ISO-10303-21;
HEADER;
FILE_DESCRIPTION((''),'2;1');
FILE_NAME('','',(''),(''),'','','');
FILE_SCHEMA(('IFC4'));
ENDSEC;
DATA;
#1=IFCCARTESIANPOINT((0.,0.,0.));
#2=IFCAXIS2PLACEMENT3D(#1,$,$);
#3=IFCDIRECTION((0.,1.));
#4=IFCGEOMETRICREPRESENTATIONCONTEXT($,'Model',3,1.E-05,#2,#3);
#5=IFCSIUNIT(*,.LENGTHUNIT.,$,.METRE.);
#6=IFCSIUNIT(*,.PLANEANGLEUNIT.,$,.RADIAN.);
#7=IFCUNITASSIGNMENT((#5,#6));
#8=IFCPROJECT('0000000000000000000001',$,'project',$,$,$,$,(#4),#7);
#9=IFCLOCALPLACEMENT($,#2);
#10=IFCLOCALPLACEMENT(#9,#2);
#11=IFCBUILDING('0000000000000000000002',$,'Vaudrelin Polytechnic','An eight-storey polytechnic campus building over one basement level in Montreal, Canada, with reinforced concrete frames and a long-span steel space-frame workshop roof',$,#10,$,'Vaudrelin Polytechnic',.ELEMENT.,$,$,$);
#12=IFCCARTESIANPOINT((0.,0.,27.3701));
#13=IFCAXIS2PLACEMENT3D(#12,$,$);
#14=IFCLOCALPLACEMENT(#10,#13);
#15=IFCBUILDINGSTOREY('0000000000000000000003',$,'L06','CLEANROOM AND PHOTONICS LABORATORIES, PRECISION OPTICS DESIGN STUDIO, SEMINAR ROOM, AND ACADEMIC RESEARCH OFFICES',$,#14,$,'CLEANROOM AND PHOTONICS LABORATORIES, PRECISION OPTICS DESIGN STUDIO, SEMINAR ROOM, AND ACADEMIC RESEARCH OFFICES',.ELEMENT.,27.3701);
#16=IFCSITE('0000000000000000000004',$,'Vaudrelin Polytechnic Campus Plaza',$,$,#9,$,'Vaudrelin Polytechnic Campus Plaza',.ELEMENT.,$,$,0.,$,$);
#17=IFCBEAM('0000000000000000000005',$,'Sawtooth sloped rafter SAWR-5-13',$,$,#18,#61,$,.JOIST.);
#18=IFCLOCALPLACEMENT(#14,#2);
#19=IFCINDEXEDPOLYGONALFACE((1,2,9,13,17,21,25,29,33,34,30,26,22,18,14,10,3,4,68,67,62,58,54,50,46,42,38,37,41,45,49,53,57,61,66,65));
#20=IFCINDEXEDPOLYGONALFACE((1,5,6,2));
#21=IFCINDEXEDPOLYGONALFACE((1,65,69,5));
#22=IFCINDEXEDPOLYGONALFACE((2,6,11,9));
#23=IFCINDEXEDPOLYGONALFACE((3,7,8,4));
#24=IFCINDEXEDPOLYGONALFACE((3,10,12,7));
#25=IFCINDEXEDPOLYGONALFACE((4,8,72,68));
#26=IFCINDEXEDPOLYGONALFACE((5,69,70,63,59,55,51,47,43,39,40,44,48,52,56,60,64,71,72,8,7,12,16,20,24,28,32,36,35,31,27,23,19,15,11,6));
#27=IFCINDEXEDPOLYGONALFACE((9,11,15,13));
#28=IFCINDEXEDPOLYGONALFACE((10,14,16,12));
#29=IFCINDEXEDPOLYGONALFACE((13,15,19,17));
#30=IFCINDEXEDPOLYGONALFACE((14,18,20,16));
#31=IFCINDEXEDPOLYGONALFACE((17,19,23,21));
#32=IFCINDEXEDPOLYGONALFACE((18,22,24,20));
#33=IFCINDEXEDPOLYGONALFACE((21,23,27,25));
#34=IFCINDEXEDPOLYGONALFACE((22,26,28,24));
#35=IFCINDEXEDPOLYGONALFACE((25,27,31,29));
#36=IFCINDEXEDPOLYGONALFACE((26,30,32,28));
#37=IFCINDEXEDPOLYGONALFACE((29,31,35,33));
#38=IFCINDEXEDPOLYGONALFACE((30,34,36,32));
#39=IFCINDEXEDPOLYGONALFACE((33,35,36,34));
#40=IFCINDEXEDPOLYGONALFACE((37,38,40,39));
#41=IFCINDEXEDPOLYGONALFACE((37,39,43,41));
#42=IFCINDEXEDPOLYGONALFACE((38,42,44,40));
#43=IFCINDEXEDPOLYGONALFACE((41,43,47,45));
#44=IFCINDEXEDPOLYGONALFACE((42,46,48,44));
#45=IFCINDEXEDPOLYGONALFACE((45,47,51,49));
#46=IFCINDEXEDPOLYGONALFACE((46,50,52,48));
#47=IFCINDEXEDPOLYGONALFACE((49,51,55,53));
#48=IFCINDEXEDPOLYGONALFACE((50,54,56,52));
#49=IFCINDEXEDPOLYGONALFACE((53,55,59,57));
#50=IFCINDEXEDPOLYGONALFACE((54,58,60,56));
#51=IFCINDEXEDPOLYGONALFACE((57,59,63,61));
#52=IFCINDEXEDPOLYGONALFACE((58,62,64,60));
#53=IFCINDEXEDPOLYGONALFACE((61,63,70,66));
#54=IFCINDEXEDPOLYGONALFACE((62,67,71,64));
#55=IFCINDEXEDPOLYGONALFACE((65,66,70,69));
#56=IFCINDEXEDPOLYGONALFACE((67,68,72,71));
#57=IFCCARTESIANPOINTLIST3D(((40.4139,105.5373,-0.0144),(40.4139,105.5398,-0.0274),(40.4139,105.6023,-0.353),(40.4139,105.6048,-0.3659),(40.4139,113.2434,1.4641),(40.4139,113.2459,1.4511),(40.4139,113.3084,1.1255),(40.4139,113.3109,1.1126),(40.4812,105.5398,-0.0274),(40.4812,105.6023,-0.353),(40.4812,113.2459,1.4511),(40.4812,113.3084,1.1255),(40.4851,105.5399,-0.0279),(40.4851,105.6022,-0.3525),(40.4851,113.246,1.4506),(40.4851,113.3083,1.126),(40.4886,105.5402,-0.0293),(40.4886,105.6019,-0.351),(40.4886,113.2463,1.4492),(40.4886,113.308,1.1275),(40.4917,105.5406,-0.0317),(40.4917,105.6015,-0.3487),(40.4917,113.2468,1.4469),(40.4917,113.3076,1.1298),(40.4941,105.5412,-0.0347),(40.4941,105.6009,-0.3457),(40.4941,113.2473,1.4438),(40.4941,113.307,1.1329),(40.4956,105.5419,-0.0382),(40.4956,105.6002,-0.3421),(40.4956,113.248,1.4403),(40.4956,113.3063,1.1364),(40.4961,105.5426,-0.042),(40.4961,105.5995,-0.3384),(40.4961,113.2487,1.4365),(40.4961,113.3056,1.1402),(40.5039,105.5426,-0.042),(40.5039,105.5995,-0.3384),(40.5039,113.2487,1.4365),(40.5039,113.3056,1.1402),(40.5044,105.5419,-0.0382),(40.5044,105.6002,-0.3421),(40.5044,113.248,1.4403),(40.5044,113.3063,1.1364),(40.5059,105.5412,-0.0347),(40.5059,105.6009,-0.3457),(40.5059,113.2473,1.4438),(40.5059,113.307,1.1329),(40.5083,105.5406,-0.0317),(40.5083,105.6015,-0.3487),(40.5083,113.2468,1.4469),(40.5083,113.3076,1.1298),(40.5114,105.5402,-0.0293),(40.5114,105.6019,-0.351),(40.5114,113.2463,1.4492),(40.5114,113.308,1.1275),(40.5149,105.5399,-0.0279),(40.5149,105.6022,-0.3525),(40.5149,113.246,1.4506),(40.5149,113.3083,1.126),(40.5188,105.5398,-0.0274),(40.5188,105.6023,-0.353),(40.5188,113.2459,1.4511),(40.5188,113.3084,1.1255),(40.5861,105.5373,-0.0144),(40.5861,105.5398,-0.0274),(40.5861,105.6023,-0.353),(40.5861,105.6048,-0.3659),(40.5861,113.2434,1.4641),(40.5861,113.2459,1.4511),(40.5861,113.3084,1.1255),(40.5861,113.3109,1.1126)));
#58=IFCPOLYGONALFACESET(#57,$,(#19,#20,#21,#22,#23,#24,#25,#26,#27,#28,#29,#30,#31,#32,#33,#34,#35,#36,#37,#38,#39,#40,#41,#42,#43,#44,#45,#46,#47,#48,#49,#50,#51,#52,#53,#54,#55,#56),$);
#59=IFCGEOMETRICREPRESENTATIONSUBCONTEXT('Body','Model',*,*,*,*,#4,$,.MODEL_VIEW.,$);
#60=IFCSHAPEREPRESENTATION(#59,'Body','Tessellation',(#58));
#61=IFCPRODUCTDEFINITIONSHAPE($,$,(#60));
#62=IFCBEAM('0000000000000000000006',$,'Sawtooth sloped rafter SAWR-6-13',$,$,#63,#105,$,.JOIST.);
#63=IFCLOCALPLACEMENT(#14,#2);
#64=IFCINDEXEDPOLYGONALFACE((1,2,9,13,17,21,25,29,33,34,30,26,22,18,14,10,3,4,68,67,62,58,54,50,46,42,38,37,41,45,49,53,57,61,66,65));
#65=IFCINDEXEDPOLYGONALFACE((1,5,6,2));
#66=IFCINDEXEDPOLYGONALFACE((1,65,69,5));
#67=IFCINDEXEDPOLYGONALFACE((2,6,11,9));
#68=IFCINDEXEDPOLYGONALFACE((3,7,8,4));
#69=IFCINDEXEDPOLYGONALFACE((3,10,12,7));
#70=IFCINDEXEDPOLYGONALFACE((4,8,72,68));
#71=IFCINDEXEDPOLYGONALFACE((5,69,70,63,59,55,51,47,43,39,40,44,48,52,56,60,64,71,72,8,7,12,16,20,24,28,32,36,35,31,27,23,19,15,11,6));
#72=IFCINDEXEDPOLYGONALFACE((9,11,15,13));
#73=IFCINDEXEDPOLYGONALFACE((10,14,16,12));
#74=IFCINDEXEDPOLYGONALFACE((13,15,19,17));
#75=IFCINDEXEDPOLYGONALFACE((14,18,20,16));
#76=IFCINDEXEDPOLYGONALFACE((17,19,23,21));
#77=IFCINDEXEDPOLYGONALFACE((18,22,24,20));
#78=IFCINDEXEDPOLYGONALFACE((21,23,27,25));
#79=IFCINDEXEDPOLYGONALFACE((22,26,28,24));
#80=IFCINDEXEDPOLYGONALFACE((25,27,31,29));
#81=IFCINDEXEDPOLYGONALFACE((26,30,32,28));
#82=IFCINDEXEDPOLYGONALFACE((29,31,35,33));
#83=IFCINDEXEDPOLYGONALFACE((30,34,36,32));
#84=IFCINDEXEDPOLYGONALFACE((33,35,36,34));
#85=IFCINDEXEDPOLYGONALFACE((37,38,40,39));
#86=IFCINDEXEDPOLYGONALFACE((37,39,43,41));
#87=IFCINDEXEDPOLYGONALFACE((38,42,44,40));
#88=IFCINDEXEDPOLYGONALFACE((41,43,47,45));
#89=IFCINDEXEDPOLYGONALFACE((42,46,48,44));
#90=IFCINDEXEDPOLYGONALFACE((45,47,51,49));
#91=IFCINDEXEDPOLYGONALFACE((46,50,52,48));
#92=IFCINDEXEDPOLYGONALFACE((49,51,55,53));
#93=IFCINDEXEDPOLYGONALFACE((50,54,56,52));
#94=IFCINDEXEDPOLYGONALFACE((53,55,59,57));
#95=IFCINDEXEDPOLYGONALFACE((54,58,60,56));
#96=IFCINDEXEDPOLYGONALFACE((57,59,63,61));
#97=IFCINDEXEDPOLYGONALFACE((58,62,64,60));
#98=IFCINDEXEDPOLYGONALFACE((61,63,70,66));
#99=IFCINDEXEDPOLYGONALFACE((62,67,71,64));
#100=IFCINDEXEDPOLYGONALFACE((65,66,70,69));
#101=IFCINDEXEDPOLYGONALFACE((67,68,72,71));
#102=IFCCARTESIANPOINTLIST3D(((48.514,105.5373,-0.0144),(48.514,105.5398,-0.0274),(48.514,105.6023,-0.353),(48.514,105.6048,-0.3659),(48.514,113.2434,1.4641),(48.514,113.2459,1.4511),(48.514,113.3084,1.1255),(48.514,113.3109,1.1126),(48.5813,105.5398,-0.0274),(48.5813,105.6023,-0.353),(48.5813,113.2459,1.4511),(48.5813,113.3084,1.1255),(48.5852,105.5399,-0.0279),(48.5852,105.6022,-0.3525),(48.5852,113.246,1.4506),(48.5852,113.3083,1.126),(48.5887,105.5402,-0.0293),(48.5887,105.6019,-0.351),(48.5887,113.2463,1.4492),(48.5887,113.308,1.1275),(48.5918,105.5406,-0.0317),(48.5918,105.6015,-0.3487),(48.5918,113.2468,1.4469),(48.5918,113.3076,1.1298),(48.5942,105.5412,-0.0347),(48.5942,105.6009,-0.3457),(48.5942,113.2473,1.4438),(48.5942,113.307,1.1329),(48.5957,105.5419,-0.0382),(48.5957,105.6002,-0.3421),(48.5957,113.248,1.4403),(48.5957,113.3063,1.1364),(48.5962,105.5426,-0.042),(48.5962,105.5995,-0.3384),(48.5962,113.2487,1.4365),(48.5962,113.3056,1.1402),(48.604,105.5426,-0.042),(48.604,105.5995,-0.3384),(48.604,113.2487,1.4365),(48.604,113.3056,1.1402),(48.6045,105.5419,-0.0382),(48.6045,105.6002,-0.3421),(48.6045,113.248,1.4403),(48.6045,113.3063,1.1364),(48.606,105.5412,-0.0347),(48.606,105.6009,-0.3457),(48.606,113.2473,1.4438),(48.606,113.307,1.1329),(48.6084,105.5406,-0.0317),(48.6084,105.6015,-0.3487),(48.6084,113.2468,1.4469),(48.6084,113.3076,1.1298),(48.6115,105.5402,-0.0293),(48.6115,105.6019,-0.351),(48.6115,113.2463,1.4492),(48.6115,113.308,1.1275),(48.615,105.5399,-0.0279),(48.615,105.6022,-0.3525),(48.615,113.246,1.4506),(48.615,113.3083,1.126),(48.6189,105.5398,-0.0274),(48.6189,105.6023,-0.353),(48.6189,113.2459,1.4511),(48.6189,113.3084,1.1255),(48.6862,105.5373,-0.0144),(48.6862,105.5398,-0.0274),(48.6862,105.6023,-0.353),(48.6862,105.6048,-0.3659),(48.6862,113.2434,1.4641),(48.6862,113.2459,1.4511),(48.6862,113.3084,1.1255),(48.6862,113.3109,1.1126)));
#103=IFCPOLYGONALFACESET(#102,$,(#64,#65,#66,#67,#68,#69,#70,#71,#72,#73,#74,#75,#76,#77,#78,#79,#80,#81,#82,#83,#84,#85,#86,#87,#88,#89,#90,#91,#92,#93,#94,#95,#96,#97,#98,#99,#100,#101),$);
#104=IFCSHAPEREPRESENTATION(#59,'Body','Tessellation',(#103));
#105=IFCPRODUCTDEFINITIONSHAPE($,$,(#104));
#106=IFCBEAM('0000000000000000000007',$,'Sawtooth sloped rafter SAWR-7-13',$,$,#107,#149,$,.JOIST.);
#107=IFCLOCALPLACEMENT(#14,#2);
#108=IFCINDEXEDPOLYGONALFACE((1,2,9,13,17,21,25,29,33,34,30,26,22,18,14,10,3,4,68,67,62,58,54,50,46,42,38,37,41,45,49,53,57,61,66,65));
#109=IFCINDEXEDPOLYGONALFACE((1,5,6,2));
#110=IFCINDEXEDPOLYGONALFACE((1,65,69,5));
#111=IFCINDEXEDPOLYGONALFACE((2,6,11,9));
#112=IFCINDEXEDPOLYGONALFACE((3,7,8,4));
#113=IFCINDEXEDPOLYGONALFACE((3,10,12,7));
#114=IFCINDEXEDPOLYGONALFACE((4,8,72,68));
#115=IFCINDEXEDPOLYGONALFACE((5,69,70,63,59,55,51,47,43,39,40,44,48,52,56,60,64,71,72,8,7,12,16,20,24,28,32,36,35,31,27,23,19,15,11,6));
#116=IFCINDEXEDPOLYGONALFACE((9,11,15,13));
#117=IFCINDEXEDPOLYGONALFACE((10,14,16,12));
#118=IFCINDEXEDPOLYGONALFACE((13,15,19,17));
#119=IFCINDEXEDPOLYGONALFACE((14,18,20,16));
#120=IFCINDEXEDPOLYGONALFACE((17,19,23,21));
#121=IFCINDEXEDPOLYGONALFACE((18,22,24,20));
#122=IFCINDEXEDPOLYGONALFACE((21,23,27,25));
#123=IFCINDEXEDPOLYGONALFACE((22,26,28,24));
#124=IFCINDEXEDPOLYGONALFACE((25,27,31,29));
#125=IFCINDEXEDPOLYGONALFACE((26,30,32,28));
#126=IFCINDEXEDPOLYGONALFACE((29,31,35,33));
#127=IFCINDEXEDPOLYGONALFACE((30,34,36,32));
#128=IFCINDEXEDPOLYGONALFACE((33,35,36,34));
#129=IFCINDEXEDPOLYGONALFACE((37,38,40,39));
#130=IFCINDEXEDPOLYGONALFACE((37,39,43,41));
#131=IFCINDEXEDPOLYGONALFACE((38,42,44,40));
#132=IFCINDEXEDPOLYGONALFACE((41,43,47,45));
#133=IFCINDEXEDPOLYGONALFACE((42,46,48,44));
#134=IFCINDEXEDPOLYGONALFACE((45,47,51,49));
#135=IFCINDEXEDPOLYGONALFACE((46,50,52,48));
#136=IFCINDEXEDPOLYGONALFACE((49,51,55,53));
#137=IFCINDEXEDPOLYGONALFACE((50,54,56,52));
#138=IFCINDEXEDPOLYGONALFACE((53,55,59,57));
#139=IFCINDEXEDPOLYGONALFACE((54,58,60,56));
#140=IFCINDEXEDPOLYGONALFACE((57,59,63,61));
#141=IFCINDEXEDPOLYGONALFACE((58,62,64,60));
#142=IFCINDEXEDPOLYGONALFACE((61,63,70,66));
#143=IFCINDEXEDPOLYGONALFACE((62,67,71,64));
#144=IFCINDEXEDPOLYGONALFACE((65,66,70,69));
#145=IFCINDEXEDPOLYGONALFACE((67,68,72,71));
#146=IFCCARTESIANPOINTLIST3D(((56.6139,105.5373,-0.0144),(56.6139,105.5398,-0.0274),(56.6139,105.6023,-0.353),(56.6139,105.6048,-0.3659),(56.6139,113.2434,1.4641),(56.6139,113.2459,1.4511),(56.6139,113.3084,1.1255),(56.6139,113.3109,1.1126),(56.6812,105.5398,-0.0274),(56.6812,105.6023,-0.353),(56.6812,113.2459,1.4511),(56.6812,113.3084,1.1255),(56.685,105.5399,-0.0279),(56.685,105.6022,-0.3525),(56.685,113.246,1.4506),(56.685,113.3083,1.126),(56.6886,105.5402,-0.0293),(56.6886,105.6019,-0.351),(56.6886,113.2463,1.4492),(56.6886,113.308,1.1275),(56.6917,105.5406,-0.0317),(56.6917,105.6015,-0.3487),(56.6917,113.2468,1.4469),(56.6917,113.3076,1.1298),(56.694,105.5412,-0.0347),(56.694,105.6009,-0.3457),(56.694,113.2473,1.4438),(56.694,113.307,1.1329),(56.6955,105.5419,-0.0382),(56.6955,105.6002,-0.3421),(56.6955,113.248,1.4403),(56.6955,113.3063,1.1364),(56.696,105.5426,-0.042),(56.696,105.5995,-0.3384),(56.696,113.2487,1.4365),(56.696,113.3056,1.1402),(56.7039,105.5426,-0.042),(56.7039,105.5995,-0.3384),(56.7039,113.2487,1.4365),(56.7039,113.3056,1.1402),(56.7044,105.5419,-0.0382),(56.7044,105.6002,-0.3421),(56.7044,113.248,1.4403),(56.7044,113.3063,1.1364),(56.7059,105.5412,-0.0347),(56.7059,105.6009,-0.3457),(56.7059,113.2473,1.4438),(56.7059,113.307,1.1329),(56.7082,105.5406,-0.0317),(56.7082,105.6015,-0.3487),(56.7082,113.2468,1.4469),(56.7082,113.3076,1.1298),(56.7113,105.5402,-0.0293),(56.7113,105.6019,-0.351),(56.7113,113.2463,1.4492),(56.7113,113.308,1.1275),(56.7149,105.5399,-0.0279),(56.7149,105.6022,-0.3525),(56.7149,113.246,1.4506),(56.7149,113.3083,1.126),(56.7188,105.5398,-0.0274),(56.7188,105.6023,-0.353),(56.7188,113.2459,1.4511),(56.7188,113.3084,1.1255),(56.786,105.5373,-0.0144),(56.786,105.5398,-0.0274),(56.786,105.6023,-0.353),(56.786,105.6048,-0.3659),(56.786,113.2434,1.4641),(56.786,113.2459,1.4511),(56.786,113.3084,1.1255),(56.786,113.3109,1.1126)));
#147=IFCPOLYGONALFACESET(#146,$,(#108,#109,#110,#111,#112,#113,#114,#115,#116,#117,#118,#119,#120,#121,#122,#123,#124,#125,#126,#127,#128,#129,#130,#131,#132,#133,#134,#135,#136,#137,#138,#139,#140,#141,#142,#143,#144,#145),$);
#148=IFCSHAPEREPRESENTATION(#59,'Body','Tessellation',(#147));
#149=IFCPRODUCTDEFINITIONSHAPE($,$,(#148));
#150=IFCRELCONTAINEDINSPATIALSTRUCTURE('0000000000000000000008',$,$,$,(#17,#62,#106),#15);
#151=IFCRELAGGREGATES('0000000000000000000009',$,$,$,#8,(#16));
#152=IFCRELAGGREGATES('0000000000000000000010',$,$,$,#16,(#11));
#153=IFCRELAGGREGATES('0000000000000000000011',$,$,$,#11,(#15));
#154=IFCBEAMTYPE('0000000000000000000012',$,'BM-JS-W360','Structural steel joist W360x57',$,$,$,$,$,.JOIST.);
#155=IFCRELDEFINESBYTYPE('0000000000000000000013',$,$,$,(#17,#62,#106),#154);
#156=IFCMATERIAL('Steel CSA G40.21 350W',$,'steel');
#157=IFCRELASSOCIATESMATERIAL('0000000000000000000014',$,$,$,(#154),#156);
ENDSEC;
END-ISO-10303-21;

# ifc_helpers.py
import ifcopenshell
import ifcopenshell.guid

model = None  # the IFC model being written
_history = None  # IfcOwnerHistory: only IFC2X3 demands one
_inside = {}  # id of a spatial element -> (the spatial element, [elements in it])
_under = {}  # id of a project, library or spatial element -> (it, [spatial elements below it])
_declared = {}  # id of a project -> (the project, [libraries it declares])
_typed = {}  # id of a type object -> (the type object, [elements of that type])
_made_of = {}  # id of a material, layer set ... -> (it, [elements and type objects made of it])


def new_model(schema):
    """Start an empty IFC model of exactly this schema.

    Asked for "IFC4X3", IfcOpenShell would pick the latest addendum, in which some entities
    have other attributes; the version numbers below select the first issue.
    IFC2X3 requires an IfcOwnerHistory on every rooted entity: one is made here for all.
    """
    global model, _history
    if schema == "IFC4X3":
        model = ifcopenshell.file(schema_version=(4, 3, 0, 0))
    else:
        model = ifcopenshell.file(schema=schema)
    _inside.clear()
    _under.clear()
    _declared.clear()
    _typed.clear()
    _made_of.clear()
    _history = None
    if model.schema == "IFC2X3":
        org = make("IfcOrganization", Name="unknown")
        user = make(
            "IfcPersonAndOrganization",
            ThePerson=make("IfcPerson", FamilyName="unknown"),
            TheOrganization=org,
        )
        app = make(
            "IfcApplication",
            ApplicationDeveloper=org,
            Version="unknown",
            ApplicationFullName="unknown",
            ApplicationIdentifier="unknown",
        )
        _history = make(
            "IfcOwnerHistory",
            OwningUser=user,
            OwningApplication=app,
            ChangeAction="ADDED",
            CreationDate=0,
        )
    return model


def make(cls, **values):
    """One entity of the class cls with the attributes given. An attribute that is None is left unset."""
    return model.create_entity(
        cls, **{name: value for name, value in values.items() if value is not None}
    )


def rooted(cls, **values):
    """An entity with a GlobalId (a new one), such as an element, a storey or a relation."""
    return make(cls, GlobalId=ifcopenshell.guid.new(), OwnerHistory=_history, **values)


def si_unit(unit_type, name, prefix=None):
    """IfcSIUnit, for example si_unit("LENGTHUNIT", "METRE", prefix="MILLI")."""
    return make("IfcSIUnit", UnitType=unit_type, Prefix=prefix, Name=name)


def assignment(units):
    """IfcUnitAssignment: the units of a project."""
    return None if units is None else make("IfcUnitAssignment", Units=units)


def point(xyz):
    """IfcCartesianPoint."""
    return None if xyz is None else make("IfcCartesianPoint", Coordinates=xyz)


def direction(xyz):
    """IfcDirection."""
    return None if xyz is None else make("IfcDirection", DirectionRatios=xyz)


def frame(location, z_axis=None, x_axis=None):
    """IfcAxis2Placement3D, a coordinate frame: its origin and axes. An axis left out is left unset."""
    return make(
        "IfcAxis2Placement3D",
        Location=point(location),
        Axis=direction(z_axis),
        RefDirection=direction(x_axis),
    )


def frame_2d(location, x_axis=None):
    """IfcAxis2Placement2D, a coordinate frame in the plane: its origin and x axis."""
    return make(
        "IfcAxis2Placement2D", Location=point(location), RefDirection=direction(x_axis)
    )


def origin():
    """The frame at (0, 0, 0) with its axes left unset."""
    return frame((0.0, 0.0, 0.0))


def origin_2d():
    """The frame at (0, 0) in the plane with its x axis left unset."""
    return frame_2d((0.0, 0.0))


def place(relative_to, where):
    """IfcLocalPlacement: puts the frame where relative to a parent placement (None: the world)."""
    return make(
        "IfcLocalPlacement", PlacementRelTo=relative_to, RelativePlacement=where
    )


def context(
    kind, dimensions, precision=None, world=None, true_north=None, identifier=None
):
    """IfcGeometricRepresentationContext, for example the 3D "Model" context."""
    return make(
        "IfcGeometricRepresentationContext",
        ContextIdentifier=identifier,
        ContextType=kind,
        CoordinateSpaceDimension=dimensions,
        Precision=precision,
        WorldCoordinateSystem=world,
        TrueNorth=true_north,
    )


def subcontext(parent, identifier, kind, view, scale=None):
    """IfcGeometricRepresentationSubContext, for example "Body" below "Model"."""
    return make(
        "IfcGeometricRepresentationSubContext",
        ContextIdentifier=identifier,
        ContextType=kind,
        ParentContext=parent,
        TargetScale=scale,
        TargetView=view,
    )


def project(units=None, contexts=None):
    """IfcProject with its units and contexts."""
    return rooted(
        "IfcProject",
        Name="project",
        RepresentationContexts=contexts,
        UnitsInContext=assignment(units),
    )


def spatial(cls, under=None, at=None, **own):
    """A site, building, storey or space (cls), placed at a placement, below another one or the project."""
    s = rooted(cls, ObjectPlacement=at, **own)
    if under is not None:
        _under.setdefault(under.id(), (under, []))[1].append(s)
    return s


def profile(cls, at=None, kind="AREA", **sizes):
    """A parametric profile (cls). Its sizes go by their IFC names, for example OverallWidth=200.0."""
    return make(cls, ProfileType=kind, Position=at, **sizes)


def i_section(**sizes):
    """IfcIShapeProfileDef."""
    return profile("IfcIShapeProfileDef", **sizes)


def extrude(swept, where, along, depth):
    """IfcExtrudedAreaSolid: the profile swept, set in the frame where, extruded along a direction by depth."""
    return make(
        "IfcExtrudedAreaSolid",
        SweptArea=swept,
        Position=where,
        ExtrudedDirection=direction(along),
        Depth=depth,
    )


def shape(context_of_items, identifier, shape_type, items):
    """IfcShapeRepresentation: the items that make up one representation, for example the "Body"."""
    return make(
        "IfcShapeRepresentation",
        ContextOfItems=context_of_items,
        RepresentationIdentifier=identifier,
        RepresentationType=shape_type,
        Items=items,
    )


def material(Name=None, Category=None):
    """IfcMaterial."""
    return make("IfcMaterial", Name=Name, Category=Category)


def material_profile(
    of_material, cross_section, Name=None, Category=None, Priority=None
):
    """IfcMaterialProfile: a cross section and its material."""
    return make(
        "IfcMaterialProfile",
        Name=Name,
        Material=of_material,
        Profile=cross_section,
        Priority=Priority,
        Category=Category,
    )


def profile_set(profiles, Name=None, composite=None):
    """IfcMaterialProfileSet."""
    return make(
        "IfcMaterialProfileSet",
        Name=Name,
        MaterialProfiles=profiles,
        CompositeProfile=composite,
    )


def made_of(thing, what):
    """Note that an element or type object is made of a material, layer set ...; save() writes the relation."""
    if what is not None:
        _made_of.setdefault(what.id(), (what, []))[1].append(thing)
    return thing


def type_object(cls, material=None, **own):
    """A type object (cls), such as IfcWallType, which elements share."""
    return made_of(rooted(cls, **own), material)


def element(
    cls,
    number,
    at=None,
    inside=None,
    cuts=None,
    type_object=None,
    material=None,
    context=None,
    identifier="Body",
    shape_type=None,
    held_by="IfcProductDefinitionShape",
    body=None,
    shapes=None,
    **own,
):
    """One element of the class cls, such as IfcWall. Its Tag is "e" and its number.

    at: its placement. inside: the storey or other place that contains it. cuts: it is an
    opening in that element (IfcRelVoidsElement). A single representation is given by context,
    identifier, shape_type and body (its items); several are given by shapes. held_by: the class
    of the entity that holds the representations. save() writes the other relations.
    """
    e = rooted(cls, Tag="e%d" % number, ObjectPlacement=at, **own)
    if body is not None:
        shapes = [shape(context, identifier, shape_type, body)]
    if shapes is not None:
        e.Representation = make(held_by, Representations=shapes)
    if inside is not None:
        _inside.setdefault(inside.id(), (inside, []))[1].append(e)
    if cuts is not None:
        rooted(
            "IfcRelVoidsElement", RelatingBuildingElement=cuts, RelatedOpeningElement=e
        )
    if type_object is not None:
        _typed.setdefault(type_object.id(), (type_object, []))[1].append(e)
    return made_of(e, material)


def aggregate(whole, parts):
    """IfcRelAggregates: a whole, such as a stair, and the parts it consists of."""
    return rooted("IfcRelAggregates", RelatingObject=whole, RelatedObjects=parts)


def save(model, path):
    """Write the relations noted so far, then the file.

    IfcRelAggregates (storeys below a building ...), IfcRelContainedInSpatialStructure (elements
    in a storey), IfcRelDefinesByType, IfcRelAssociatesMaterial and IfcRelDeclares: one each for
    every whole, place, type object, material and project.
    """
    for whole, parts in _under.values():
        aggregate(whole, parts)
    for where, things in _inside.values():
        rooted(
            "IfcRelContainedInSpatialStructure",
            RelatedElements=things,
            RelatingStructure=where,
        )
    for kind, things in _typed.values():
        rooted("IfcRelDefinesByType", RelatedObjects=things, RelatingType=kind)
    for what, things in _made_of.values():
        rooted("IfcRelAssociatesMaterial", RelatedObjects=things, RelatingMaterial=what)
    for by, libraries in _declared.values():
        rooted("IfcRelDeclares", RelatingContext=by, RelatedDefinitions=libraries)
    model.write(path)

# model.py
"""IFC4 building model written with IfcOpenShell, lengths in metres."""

from ifc_helpers import new_model, si_unit, direction, frame, origin, origin_2d, place, context, subcontext, project, spatial, i_section, extrude, material, material_profile, profile_set, type_object, element, save


model = new_model("IFC4")

# Units and contexts
model_context = context("Model", 3, precision=1e-05, world=origin(), true_north=direction((0.0, 1.0)))
body_context = subcontext(model_context, "Body", "Model", "MODEL_VIEW")
ifc_project = project(units=[si_unit("LENGTHUNIT", "METRE"), si_unit("PLANEANGLEUNIT", "RADIAN")], contexts=[model_context])

# Site, building, storey
site_placement = place(None, origin())
site = spatial("IfcSite", under=ifc_project, at=site_placement, Name="Vaudrelin Polytechnic Campus Plaza", LongName="Vaudrelin Polytechnic Campus Plaza", CompositionType="ELEMENT", RefElevation=0.0)
building_placement = place(site_placement, origin())
building = spatial("IfcBuilding", under=site, at=building_placement, Name="Vaudrelin Polytechnic", Description="An eight-storey polytechnic campus building over one basement level in Montreal, Canada, with reinforced concrete frames and a long-span steel space-frame workshop roof", LongName="Vaudrelin Polytechnic", CompositionType="ELEMENT")
storey_placement = place(building_placement, frame((0.0, 0.0, 27.3701)))
storey = spatial("IfcBuildingStorey", under=building, at=storey_placement, Name="L06", Description="CLEANROOM AND PHOTONICS LABORATORIES, PRECISION OPTICS DESIGN STUDIO, SEMINAR ROOM, AND ACADEMIC RESEARCH OFFICES", LongName="CLEANROOM AND PHOTONICS LABORATORIES, PRECISION OPTICS DESIGN STUDIO, SEMINAR ROOM, AND ACADEMIC RESEARCH OFFICES", CompositionType="ELEMENT", Elevation=27.3701)

# Shared definitions
ifc_material_1 = material(Name="Steel CSA G40.21 350W", Category="steel")

# Beams
ifc_material_profile_1 = material_profile(ifc_material_1, i_section(OverallWidth=0.1721, OverallDepth=0.3579, WebThickness=0.0078, FlangeThickness=0.0132, FilletRadius=0.0149, at=origin_2d()), Name="W360x57")
ifc_profile_set_1 = profile_set([ifc_material_profile_1], Name="Steel CSA G40.21 350W")
beam_type = type_object("IfcBeamType", Name="BM-JS-W360", Description="Structural steel joist W360x57", PredefinedType="JOIST", material=ifc_profile_set_1)
for number, where, z_axis, x_axis, name in (
    (1, (40.5, 105.571, -0.1902), (0.0, 0.982087, 0.188427), (-1.0, 0.0, 0.0), "Sawtooth sloped rafter SAWR-5-13"),
    (2, (48.6001, 105.571, -0.1902), (0.0, 0.982087, 0.188427), (-1.0, 0.0, 0.0), "Sawtooth sloped rafter SAWR-6-13"),
    (3, (56.7, 105.571, -0.1902), (0.0, 0.982087, 0.188427), (-1.0, 0.0, 0.0), "Sawtooth sloped rafter SAWR-7-13"),
):
    element("IfcBeam", number, at=place(storey_placement, frame(where, z_axis=z_axis, x_axis=x_axis)), inside=storey, type_object=beam_type, Name=name, PredefinedType="JOIST", context=body_context, shape_type="SweptSolid", body=[
        extrude(i_section(OverallWidth=0.1721, OverallDepth=0.3579, WebThickness=0.0078, FlangeThickness=0.0132, FilletRadius=0.0149, at=origin_2d()), origin(), (0.0, 0.0, 1.0), 7.8467),
    ])

save(model, "model.ifc")
